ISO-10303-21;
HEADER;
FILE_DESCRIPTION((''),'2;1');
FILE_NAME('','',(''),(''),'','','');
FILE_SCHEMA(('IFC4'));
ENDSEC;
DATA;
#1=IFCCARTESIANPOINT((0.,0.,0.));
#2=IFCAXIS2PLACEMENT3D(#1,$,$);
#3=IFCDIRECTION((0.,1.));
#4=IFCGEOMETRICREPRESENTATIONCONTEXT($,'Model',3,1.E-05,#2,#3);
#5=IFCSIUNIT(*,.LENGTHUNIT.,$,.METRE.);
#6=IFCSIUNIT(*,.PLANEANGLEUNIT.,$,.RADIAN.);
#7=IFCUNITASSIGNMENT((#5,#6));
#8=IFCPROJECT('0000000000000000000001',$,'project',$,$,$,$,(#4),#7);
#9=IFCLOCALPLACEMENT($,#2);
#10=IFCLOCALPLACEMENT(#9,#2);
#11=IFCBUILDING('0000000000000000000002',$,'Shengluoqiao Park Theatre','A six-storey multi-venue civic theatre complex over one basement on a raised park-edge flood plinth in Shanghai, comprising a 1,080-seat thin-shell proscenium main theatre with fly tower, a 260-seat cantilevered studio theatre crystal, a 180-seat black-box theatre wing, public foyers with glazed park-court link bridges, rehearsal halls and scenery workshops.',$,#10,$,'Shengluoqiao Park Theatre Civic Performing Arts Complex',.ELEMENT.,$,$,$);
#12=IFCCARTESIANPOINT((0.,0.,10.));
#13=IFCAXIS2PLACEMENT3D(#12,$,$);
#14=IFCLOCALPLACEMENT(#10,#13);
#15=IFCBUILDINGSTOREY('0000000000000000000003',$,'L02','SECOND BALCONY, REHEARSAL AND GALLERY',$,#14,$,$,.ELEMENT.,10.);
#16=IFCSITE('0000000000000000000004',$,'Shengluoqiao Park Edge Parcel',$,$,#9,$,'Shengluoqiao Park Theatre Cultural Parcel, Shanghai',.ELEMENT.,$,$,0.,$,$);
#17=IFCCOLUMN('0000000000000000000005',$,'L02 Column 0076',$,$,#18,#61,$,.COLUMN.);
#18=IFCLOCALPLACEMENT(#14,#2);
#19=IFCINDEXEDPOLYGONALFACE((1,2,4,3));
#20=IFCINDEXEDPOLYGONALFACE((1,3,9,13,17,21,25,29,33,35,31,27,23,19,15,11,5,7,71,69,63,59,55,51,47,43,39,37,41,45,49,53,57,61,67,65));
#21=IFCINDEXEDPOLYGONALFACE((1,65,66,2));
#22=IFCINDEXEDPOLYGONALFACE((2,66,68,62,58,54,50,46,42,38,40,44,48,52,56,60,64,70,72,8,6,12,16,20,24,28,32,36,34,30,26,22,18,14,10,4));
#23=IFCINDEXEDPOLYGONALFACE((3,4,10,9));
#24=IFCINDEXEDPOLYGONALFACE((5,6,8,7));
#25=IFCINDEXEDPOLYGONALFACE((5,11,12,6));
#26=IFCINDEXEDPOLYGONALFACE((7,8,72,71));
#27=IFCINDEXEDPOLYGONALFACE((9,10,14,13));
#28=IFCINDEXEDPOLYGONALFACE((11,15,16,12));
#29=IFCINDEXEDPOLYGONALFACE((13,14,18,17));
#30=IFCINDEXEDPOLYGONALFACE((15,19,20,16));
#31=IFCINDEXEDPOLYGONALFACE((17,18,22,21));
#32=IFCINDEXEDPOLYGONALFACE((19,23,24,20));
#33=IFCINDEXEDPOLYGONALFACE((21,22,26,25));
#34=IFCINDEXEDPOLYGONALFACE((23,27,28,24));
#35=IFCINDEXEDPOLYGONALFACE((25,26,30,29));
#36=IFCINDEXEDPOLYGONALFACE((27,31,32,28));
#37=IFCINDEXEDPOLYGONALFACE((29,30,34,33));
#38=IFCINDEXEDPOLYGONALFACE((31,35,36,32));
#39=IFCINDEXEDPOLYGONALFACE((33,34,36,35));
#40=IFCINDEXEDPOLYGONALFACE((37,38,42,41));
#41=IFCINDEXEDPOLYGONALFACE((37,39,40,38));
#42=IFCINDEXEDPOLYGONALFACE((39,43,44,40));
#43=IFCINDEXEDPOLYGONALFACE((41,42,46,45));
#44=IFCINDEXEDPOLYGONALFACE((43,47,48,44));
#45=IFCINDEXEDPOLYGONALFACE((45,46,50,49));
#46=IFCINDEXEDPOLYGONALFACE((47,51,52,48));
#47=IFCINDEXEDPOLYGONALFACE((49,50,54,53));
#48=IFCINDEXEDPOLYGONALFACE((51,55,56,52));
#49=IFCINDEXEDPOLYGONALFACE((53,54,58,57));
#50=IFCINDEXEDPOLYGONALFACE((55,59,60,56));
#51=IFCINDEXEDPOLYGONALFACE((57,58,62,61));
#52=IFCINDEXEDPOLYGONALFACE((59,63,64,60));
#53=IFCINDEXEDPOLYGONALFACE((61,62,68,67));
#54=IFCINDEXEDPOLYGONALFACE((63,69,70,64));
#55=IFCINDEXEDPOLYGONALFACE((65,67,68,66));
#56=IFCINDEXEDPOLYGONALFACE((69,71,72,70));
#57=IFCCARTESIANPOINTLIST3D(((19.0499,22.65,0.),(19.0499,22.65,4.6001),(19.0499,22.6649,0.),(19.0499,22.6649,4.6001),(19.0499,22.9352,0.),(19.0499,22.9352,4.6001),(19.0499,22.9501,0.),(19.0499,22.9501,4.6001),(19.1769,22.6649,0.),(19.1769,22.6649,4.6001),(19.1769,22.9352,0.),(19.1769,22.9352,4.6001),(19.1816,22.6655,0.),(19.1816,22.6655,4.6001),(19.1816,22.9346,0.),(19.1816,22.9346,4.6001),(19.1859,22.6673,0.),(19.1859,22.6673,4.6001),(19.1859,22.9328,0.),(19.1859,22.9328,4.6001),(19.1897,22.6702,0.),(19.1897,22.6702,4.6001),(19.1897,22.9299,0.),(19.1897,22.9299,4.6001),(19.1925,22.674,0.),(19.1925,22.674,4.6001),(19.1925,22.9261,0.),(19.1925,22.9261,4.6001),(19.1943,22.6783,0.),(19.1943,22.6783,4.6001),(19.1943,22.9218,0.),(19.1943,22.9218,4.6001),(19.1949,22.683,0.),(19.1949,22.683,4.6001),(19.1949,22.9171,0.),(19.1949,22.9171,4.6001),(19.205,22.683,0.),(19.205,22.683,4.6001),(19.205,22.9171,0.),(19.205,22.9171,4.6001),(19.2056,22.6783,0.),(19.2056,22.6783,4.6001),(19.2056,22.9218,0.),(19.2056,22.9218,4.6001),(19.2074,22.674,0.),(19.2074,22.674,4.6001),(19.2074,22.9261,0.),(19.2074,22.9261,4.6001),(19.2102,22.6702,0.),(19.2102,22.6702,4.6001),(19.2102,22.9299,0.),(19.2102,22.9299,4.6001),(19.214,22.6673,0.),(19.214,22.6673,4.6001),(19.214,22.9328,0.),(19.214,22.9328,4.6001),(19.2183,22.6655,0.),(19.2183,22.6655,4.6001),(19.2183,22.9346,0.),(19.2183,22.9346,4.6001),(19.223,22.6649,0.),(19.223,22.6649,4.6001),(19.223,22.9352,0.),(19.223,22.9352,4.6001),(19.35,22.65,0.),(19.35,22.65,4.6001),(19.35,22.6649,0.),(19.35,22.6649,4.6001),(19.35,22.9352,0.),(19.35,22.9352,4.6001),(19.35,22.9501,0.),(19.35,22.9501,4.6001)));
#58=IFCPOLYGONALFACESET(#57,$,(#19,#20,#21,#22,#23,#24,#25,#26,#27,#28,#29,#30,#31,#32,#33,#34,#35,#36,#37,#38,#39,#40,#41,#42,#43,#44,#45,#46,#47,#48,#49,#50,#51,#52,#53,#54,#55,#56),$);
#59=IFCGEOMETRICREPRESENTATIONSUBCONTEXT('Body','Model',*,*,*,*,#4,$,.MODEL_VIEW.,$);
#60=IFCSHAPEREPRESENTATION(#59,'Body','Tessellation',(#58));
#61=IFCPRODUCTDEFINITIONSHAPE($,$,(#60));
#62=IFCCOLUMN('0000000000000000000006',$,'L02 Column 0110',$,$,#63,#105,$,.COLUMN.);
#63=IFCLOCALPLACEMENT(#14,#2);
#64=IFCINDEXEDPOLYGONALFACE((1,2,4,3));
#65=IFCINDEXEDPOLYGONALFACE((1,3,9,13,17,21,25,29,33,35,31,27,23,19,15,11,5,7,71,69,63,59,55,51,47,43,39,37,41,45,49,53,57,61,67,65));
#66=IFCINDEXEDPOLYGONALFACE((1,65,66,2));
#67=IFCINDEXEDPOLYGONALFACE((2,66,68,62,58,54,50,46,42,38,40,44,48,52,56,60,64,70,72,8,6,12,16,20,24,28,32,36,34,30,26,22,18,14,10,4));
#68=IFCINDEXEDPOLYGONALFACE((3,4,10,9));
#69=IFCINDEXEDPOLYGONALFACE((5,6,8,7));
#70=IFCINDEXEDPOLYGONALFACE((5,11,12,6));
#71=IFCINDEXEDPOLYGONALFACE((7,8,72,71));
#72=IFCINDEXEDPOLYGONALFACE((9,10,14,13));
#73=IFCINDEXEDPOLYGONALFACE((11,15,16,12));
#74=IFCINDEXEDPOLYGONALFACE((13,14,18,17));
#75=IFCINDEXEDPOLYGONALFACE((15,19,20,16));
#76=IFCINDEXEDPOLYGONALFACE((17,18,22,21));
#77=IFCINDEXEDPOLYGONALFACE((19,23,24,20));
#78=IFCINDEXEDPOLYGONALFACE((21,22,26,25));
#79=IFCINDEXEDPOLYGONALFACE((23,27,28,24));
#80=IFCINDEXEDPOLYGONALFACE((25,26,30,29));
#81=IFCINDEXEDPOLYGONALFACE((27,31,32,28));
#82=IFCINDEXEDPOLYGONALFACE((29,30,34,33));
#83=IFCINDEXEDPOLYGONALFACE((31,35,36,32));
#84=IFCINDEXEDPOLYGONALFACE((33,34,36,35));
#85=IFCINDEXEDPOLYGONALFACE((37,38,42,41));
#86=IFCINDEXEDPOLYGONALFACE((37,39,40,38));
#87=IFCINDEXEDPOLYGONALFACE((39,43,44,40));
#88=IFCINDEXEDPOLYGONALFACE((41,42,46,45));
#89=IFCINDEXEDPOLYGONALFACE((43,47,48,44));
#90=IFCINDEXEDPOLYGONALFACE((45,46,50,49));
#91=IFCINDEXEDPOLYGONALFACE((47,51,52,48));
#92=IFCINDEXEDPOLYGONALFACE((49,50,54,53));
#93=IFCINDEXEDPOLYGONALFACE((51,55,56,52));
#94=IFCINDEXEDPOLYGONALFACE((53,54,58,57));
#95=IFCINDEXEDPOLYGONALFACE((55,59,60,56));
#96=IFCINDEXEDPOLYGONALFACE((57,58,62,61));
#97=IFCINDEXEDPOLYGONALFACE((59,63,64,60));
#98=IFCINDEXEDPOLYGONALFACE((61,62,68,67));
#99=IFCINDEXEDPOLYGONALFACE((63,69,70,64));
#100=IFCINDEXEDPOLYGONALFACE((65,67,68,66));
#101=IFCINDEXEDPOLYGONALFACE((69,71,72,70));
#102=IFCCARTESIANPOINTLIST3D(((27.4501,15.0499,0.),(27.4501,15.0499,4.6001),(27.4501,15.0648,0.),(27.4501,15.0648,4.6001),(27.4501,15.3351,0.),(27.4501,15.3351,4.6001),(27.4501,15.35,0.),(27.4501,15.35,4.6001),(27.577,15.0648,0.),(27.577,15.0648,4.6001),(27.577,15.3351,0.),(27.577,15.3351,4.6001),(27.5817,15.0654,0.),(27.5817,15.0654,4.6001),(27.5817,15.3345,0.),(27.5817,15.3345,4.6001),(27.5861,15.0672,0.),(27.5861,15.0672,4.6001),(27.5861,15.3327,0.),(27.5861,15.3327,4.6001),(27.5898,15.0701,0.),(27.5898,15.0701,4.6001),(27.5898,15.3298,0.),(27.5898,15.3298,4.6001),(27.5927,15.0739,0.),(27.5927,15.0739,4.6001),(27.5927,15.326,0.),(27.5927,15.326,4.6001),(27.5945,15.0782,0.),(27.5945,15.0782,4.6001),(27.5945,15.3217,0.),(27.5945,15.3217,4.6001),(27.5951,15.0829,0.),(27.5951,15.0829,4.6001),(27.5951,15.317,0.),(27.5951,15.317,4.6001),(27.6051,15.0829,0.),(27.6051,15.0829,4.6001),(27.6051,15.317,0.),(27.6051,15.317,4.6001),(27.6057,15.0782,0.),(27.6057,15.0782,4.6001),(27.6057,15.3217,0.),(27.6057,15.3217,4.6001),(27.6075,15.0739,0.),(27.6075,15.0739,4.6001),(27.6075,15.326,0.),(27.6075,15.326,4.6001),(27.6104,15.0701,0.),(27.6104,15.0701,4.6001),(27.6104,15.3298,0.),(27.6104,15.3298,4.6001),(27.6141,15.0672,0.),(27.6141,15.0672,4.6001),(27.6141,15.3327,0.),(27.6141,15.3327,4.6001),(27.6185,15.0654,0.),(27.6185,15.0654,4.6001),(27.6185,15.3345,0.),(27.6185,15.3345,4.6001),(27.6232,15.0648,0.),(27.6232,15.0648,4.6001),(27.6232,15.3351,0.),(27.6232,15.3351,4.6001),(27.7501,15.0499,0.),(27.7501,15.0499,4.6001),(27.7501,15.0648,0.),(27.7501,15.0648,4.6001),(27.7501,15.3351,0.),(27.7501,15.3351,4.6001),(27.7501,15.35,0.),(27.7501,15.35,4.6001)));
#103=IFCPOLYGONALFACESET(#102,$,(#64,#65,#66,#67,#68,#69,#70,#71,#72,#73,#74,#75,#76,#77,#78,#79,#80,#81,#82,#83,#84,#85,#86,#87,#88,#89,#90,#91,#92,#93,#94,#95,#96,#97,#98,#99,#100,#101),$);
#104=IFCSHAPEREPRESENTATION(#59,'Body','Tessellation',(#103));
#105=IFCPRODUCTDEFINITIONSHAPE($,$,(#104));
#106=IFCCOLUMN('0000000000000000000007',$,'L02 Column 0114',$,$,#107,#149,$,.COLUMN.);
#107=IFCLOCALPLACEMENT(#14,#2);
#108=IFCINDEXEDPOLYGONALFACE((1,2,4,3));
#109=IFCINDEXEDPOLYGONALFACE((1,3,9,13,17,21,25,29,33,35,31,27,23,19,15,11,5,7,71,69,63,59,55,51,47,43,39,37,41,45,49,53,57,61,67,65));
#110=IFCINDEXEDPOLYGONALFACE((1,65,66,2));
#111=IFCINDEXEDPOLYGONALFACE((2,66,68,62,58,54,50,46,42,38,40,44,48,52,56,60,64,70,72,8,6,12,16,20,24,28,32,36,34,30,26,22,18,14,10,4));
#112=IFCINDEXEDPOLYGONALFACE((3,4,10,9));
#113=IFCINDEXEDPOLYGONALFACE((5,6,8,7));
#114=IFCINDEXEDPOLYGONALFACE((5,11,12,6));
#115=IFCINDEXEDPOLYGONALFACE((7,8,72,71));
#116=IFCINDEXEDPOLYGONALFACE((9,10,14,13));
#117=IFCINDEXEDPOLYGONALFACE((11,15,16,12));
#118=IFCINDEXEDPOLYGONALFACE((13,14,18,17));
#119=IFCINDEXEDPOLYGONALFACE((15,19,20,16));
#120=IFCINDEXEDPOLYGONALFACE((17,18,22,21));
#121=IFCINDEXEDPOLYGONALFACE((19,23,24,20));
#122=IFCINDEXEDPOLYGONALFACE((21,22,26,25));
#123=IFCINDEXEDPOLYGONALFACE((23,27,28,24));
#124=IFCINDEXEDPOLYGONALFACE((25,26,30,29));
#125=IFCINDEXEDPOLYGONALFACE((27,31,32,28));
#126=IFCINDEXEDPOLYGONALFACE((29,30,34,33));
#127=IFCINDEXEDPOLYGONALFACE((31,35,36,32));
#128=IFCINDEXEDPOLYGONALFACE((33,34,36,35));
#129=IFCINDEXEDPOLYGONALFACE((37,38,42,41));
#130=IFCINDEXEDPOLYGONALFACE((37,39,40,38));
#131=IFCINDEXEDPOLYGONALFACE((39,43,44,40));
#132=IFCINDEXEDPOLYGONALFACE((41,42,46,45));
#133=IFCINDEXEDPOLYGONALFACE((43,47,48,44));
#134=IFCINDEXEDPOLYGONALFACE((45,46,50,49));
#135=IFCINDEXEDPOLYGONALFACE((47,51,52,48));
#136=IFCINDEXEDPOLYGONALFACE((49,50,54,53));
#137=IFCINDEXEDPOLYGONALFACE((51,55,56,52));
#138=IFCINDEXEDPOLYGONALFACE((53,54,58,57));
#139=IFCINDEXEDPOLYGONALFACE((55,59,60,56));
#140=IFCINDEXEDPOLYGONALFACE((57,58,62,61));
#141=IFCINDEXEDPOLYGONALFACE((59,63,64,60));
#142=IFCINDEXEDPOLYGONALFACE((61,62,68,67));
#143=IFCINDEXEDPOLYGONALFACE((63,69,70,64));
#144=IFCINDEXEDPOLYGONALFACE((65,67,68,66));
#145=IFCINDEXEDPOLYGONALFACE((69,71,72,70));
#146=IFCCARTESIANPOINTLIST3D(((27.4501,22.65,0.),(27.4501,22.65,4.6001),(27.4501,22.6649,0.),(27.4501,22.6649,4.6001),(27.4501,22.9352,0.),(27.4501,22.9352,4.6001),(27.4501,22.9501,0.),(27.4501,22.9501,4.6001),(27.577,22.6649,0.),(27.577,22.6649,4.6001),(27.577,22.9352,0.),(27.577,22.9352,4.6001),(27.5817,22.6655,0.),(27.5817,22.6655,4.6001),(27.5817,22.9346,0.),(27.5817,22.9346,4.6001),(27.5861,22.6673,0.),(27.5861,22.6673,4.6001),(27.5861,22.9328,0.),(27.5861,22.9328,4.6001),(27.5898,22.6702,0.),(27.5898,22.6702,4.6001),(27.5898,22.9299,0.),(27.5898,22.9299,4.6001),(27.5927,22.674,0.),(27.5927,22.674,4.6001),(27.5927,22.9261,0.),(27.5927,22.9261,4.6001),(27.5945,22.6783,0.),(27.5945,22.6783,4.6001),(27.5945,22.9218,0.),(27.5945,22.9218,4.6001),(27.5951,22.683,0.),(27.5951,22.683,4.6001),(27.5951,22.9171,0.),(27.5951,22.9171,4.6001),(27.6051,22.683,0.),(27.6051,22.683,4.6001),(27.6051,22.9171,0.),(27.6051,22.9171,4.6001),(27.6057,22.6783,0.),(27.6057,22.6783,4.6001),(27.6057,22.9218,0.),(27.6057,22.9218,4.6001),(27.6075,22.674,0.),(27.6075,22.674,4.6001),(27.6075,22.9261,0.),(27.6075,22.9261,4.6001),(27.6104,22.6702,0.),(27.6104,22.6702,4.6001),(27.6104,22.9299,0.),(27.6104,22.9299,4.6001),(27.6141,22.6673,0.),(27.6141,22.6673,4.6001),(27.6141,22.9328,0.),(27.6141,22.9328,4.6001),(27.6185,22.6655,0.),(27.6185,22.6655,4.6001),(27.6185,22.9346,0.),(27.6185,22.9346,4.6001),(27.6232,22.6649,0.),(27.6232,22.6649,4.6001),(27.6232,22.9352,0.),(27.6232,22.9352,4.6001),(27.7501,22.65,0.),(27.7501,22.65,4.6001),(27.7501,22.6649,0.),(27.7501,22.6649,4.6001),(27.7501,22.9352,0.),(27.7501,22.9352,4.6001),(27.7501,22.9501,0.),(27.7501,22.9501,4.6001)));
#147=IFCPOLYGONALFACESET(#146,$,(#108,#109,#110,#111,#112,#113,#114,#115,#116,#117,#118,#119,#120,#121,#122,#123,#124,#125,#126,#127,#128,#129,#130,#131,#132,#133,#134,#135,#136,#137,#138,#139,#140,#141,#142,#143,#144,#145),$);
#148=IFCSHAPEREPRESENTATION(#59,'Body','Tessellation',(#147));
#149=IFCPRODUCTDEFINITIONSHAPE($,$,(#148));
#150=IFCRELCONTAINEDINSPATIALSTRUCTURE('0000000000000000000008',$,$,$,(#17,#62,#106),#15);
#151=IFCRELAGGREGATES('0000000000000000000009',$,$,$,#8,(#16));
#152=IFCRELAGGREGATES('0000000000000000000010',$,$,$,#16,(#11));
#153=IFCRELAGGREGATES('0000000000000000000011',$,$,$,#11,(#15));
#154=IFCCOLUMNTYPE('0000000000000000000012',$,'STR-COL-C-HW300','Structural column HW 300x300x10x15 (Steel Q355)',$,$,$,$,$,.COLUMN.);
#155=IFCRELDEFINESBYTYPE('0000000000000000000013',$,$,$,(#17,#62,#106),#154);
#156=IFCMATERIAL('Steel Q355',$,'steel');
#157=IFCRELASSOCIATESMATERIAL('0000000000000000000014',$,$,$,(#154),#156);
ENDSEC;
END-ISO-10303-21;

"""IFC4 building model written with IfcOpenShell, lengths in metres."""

from ifc_helpers import new_model, si_unit, direction, frame, origin, origin_2d, place, context, subcontext, project, spatial, i_section, extrude, material, material_profile, profile_set, type_object, element, save


model = new_model("IFC4")

# Units and contexts
model_context = context("Model", 3, precision=1e-05, world=origin(), true_north=direction((0.0, 1.0)))
body_context = subcontext(model_context, "Body", "Model", "MODEL_VIEW")
ifc_project = project(units=[si_unit("LENGTHUNIT", "METRE"), si_unit("PLANEANGLEUNIT", "RADIAN")], contexts=[model_context])

# Site, building, storey
site_placement = place(None, origin())
site = spatial("IfcSite", under=ifc_project, at=site_placement, Name="Shengluoqiao Park Edge Parcel", LongName="Shengluoqiao Park Theatre Cultural Parcel, Shanghai", CompositionType="ELEMENT", RefElevation=0.0)
building_placement = place(site_placement, origin())
building = spatial("IfcBuilding", under=site, at=building_placement, Name="Shengluoqiao Park Theatre", Description="A six-storey multi-venue civic theatre complex over one basement on a raised park-edge flood plinth in Shanghai, comprising a 1,080-seat thin-shell proscenium main theatre with fly tower, a 260-seat cantilevered studio theatre crystal, a 180-seat black-box theatre wing, public foyers with glazed park-court link bridges, rehearsal halls and scenery workshops.", LongName="Shengluoqiao Park Theatre Civic Performing Arts Complex", CompositionType="ELEMENT")
storey_placement = place(building_placement, frame((0.0, 0.0, 10.0)))
storey = spatial("IfcBuildingStorey", under=building, at=storey_placement, Name="L02", Description="SECOND BALCONY, REHEARSAL AND GALLERY", CompositionType="ELEMENT", Elevation=10.0)

# Columns
ifc_material_1 = material(Name="Steel Q355", Category="steel")
ifc_material_profile_1 = material_profile(ifc_material_1, i_section(OverallWidth=0.3, OverallDepth=0.3, WebThickness=0.01, FlangeThickness=0.0149, FilletRadius=0.0181, at=origin_2d()), Name="HW 300x300x10x15")
ifc_profile_set_1 = profile_set([ifc_material_profile_1], Name="Steel Q355")
column_type = type_object("IfcColumnType", Name="STR-COL-C-HW300", Description="Structural column HW 300x300x10x15 (Steel Q355)", PredefinedType="COLUMN", material=ifc_profile_set_1)
for number, where, z_axis, x_axis, name in (
    (1, (19.2, 22.8, 0.0), (0.0, 0.0, 1.0), (1.0, 0.0, 0.0), "L02 Column 0076"),
    (2, (27.6001, 15.2, 0.0), (0.0, 0.0, 1.0), (1.0, 0.0, 0.0), "L02 Column 0110"),
    (3, (27.6001, 22.8, 0.0), (0.0, 0.0, 1.0), (1.0, 0.0, 0.0), "L02 Column 0114"),
):
    element("IfcColumn", number, at=place(storey_placement, frame(where, z_axis=z_axis, x_axis=x_axis)), inside=storey, type_object=column_type, Name=name, PredefinedType="COLUMN", context=body_context, shape_type="SweptSolid", body=[
        extrude(i_section(OverallWidth=0.3, OverallDepth=0.3, WebThickness=0.01, FlangeThickness=0.0149, FilletRadius=0.0181, at=origin_2d()), origin(), (0.0, 0.0, 1.0), 4.6001),
    ])

save(model, "model.ifc")
